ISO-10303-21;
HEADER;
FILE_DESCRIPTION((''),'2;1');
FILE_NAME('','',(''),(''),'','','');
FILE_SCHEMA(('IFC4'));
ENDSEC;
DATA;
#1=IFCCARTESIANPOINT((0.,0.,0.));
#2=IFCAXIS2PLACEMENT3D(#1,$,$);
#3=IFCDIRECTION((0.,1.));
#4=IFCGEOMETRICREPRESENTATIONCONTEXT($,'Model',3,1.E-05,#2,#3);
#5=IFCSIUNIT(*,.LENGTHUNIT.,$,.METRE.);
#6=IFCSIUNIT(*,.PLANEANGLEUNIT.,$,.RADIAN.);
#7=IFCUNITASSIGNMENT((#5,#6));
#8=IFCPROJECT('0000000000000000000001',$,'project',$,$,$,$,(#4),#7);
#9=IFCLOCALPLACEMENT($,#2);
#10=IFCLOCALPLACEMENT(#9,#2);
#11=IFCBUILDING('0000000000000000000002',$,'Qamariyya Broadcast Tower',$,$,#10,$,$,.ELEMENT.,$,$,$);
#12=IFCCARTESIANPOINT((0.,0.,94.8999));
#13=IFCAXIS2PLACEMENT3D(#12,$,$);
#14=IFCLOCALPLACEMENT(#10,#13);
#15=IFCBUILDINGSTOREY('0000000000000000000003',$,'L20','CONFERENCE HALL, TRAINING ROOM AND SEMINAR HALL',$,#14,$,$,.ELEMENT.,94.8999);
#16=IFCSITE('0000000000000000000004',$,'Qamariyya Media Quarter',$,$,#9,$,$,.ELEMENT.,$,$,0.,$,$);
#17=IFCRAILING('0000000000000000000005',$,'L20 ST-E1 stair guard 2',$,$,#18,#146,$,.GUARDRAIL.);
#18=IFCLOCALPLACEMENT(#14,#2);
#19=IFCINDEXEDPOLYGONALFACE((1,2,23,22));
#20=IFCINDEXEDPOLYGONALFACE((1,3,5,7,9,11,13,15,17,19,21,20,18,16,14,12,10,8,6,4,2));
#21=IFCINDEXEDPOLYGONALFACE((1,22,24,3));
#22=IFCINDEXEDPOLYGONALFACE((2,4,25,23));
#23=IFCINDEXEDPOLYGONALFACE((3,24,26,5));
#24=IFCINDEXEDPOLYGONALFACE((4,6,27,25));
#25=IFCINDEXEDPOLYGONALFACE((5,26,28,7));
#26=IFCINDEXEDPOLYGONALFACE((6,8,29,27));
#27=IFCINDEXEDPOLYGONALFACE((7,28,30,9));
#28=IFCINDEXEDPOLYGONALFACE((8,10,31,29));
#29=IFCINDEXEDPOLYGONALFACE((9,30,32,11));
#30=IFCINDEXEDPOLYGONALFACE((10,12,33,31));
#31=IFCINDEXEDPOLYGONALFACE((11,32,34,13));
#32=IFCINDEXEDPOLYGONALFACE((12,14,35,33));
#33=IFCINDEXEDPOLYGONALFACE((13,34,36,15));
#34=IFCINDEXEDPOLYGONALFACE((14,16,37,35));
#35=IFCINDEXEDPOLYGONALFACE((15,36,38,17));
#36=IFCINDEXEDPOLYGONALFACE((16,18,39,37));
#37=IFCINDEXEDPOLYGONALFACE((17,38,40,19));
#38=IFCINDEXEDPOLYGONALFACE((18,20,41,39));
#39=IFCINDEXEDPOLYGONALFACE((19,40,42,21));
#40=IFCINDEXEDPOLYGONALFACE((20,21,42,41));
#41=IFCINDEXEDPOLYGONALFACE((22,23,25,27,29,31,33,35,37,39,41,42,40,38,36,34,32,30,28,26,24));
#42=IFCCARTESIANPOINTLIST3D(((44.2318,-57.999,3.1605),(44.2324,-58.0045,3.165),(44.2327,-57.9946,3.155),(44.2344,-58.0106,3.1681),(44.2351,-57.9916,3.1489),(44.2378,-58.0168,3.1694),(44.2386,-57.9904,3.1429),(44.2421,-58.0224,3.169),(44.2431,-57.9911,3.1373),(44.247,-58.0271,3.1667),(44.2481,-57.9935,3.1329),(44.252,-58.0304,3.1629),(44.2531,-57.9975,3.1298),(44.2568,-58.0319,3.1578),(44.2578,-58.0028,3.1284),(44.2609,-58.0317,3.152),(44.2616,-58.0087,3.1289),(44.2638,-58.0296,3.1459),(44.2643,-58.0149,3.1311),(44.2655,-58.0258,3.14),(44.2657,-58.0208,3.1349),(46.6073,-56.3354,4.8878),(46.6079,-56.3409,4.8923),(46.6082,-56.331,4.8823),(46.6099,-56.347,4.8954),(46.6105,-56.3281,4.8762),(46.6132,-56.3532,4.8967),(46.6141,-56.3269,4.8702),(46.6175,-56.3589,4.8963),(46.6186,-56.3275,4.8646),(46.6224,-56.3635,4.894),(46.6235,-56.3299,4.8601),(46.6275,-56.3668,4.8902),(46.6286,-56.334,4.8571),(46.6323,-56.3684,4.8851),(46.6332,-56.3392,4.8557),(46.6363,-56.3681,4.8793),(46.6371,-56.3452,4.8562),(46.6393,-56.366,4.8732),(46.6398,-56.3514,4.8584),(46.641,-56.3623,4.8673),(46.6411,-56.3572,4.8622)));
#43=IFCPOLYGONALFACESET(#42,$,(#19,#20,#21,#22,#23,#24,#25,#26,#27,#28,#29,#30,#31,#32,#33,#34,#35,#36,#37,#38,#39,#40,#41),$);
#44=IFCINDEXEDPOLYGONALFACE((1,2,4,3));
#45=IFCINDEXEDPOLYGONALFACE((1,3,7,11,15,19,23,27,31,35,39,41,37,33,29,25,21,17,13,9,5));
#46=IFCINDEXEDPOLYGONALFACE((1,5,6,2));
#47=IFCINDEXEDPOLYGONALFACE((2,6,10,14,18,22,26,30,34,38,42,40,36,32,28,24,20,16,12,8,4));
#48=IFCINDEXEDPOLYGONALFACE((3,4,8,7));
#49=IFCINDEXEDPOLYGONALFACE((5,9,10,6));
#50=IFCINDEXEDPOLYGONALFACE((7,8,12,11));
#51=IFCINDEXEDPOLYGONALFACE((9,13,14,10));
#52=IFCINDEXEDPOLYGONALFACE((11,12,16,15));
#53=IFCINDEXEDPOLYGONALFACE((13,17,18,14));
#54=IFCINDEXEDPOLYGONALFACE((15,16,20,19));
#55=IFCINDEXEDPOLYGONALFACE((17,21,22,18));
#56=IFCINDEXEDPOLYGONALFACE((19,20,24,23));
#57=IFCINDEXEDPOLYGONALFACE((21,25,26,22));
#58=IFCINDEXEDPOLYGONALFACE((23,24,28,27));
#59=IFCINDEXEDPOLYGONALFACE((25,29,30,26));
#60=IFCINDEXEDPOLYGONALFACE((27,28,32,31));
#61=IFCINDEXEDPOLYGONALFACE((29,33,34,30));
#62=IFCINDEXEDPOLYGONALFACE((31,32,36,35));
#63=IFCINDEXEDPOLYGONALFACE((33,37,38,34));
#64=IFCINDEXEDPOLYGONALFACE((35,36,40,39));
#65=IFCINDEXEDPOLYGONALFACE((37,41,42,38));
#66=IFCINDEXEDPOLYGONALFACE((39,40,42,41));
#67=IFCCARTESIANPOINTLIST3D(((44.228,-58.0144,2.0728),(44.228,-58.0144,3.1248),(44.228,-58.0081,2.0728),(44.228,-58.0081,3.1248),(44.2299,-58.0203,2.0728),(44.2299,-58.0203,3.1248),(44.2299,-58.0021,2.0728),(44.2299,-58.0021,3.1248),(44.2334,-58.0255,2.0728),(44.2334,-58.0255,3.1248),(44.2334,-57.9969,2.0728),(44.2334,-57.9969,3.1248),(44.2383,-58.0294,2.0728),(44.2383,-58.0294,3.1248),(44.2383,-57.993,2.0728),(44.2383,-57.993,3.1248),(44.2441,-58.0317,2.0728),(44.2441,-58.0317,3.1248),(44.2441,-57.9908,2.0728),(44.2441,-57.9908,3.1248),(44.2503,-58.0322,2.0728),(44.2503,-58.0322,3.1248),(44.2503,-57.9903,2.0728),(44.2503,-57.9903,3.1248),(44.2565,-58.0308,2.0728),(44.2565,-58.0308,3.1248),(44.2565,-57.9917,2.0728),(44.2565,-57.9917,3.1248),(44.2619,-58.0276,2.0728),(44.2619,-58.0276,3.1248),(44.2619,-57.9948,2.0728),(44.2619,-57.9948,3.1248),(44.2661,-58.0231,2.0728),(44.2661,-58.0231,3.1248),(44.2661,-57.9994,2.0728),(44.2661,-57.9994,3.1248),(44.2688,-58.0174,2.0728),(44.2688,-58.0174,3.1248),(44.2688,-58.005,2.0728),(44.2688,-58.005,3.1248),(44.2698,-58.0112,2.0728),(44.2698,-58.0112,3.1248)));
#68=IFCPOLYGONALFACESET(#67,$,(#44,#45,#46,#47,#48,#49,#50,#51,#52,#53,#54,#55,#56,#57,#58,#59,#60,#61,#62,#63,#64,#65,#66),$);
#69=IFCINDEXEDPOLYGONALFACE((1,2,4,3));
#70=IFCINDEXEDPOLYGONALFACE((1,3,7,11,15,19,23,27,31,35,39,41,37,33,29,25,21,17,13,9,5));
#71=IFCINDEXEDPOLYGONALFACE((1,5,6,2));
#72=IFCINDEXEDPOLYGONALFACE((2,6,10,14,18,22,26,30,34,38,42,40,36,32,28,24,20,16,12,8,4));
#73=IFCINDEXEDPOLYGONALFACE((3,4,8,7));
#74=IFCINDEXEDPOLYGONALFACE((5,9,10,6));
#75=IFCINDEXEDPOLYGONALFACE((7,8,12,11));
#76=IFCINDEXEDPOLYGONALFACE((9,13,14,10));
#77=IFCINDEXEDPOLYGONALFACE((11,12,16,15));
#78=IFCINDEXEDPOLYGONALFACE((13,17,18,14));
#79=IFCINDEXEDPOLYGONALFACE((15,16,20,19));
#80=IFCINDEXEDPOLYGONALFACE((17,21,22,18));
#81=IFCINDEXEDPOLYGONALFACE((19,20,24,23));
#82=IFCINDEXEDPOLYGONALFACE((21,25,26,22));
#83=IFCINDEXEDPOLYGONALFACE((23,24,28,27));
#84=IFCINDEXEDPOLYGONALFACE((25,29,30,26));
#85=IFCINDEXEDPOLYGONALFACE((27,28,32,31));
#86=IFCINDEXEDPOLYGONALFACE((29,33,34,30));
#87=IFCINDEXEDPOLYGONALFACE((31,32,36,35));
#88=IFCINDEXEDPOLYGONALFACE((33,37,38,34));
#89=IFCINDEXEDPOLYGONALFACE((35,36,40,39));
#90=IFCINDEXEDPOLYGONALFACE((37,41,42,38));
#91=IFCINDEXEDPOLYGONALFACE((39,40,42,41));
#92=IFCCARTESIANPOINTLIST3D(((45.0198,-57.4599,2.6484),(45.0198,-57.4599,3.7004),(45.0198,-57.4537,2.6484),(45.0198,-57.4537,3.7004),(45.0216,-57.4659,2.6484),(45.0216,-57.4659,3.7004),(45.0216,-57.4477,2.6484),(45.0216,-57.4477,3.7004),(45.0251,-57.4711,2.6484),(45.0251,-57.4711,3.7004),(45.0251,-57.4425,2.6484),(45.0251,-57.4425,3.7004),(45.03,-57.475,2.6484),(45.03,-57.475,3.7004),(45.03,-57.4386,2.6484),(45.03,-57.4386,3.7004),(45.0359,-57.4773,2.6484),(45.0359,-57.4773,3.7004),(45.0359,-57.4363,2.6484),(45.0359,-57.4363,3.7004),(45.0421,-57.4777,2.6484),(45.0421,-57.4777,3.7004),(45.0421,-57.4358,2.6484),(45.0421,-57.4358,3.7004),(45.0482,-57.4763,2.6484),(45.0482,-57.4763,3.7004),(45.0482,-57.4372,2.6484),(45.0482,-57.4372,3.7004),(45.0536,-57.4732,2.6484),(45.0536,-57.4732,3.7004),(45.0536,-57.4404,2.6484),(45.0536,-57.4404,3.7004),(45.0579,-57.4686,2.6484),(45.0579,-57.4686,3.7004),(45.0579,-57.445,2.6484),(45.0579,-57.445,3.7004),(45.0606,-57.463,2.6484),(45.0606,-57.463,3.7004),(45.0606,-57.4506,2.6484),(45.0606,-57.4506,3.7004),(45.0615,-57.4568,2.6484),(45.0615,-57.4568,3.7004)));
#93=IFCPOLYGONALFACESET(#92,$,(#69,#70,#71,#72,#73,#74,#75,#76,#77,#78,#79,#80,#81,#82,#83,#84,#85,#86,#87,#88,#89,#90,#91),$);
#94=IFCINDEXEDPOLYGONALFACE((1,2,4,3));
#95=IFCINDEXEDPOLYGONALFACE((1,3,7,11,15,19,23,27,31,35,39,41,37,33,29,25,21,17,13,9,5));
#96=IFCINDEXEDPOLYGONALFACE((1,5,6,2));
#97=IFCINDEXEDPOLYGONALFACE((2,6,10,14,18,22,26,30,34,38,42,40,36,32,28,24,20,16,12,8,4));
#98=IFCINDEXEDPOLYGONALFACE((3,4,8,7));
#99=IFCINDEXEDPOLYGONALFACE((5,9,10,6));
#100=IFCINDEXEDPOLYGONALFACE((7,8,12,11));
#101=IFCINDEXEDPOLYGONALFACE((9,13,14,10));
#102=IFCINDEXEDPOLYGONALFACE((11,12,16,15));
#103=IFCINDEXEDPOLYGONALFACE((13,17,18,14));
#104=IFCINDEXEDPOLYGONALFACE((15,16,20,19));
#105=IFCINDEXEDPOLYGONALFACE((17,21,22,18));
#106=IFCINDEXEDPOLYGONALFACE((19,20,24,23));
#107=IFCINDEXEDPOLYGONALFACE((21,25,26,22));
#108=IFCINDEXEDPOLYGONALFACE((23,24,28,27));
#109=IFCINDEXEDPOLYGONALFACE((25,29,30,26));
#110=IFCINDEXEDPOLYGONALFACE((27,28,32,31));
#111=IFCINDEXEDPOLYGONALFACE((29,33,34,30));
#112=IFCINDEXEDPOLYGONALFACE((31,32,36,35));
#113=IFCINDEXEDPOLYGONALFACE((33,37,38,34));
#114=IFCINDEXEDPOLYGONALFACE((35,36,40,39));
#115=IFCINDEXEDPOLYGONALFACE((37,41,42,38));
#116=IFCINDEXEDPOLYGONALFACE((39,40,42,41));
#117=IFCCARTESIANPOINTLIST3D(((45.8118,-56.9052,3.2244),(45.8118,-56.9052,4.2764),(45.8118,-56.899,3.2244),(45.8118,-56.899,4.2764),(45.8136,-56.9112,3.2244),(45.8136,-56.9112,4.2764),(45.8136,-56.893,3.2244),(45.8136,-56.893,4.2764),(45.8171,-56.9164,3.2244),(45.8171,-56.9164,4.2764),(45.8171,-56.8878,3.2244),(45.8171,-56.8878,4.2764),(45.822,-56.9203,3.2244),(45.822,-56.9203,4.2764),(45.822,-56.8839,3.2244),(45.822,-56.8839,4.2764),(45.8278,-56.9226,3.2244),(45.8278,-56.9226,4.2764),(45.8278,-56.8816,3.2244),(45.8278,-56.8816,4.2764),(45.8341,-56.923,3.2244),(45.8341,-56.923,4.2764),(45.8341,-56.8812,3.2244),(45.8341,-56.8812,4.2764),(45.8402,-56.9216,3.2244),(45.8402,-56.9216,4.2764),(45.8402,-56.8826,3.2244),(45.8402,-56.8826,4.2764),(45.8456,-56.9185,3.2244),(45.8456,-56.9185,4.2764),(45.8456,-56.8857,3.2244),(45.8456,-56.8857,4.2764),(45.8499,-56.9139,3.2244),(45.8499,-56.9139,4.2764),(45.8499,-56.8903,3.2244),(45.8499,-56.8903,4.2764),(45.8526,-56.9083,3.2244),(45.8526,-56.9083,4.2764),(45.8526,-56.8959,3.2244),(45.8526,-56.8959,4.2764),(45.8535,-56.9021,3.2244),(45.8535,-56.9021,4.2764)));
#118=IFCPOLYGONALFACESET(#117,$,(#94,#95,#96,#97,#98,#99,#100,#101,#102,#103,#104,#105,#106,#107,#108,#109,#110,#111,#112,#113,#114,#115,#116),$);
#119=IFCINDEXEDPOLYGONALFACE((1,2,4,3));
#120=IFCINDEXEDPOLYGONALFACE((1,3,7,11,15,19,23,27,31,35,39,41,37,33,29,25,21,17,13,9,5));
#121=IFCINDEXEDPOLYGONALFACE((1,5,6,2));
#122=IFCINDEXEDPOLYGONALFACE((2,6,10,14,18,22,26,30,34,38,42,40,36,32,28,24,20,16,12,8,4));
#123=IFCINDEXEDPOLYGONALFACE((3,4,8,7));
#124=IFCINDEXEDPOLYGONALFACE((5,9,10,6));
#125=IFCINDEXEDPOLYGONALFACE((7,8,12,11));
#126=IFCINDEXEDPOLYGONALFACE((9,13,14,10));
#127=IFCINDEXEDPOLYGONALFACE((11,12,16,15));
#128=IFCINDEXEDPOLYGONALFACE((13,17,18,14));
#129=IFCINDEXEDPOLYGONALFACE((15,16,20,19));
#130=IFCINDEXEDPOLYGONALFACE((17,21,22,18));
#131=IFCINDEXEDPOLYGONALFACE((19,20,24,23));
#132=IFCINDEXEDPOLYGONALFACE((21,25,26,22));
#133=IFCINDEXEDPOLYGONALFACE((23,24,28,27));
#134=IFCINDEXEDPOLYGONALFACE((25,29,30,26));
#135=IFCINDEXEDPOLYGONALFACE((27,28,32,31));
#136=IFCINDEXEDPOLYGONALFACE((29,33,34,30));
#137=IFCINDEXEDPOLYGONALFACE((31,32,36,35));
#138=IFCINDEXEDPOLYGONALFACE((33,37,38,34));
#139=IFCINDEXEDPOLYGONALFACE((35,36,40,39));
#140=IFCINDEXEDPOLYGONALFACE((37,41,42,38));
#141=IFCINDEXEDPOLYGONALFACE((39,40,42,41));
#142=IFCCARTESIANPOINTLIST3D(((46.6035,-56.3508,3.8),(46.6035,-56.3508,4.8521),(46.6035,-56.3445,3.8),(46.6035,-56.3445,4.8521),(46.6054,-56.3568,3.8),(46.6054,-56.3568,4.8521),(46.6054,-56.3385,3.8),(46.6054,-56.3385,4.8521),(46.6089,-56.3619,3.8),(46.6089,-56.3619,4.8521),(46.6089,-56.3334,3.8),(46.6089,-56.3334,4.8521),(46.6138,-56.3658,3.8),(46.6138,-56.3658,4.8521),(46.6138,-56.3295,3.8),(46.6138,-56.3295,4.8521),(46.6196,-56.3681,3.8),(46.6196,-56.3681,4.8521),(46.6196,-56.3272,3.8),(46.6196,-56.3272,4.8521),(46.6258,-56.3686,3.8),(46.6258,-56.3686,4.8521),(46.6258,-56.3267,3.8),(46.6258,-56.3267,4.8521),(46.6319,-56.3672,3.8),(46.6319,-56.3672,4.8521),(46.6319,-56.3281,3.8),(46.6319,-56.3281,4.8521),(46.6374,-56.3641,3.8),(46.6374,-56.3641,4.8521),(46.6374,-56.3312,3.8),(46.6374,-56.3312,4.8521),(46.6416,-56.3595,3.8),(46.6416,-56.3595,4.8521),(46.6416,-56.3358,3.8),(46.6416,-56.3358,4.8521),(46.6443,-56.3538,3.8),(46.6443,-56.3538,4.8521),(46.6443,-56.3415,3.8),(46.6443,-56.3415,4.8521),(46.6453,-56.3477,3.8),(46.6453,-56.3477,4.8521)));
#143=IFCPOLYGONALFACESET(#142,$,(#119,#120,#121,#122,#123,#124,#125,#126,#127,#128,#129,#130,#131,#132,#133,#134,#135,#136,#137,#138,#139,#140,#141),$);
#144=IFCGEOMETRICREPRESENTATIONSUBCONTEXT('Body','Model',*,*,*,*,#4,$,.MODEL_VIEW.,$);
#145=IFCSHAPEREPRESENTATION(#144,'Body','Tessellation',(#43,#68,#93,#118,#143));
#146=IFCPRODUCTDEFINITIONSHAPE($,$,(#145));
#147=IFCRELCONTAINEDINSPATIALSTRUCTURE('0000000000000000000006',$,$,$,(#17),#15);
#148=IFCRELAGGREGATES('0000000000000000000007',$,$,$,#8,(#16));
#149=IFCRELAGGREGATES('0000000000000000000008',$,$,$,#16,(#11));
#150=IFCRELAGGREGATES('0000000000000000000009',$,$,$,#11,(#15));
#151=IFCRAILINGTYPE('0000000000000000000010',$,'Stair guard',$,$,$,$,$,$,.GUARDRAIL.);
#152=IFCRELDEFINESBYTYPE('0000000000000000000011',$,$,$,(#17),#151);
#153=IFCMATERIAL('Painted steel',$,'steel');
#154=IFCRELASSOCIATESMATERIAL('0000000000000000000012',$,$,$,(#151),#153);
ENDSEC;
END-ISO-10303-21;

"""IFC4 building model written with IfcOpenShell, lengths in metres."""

from ifc_helpers import new_model, si_unit, direction, frame, origin, origin_2d, place, context, subcontext, project, spatial, circle, extrude, material, type_object, element, save


model = new_model("IFC4")

# Units and contexts
model_context = context("Model", 3, precision=1e-05, world=origin(), true_north=direction((0.0, 1.0)))
body_context = subcontext(model_context, "Body", "Model", "MODEL_VIEW")
ifc_project = project(units=[si_unit("LENGTHUNIT", "METRE"), si_unit("PLANEANGLEUNIT", "RADIAN")], contexts=[model_context])

# Site, building, storey
site_placement = place(None, origin())
site = spatial("IfcSite", under=ifc_project, at=site_placement, Name="Qamariyya Media Quarter", CompositionType="ELEMENT", RefElevation=0.0)
building_placement = place(site_placement, origin())
building = spatial("IfcBuilding", under=site, at=building_placement, Name="Qamariyya Broadcast Tower", CompositionType="ELEMENT")
storey_placement = place(building_placement, frame((0.0, 0.0, 94.8999)))
storey = spatial("IfcBuildingStorey", under=building, at=storey_placement, Name="L20", Description="CONFERENCE HALL, TRAINING ROOM AND SEMINAR HALL", CompositionType="ELEMENT", Elevation=94.8999)

# Railing
ifc_material_1 = material(Name="Painted steel", Category="steel")
railing_type_1 = type_object("IfcRailingType", Name="Stair guard", PredefinedType="GUARDRAIL", material=ifc_material_1)
railing_1_placement = place(storey_placement, frame((44.2488, -58.0112, 2.0728)))
element("IfcRailing", 1, at=railing_1_placement, inside=storey, type_object=railing_type_1, Name="L20 ST-E1 stair guard 2", PredefinedType="GUARDRAIL", context=body_context, shape_type="SweptSolid", body=[
    extrude(circle(Radius=0.0239, at=origin_2d()), frame((0.0, 0.0, 1.0762), z_axis=(0.703745, 0.492838, 0.511716), x_axis=(-0.573632, 0.819113, 0.0)), (0.0, 0.0, 1.0), 3.3755),
    extrude(circle(Radius=0.021, at=origin_2d()), origin(), (0.0, 0.0, 1.0), 1.052),
    extrude(circle(Radius=0.021, at=origin_2d()), frame((0.7917, 0.5544, 0.5757)), (0.0, 0.0, 1.0), 1.052),
    extrude(circle(Radius=0.021, at=origin_2d()), frame((1.5837, 1.1091, 1.1516)), (0.0, 0.0, 1.0), 1.052),
    extrude(circle(Radius=0.021, at=origin_2d()), frame((2.3755, 1.6636, 1.7273)), (0.0, 0.0, 1.0), 1.052),
])

save(model, "model.ifc")
